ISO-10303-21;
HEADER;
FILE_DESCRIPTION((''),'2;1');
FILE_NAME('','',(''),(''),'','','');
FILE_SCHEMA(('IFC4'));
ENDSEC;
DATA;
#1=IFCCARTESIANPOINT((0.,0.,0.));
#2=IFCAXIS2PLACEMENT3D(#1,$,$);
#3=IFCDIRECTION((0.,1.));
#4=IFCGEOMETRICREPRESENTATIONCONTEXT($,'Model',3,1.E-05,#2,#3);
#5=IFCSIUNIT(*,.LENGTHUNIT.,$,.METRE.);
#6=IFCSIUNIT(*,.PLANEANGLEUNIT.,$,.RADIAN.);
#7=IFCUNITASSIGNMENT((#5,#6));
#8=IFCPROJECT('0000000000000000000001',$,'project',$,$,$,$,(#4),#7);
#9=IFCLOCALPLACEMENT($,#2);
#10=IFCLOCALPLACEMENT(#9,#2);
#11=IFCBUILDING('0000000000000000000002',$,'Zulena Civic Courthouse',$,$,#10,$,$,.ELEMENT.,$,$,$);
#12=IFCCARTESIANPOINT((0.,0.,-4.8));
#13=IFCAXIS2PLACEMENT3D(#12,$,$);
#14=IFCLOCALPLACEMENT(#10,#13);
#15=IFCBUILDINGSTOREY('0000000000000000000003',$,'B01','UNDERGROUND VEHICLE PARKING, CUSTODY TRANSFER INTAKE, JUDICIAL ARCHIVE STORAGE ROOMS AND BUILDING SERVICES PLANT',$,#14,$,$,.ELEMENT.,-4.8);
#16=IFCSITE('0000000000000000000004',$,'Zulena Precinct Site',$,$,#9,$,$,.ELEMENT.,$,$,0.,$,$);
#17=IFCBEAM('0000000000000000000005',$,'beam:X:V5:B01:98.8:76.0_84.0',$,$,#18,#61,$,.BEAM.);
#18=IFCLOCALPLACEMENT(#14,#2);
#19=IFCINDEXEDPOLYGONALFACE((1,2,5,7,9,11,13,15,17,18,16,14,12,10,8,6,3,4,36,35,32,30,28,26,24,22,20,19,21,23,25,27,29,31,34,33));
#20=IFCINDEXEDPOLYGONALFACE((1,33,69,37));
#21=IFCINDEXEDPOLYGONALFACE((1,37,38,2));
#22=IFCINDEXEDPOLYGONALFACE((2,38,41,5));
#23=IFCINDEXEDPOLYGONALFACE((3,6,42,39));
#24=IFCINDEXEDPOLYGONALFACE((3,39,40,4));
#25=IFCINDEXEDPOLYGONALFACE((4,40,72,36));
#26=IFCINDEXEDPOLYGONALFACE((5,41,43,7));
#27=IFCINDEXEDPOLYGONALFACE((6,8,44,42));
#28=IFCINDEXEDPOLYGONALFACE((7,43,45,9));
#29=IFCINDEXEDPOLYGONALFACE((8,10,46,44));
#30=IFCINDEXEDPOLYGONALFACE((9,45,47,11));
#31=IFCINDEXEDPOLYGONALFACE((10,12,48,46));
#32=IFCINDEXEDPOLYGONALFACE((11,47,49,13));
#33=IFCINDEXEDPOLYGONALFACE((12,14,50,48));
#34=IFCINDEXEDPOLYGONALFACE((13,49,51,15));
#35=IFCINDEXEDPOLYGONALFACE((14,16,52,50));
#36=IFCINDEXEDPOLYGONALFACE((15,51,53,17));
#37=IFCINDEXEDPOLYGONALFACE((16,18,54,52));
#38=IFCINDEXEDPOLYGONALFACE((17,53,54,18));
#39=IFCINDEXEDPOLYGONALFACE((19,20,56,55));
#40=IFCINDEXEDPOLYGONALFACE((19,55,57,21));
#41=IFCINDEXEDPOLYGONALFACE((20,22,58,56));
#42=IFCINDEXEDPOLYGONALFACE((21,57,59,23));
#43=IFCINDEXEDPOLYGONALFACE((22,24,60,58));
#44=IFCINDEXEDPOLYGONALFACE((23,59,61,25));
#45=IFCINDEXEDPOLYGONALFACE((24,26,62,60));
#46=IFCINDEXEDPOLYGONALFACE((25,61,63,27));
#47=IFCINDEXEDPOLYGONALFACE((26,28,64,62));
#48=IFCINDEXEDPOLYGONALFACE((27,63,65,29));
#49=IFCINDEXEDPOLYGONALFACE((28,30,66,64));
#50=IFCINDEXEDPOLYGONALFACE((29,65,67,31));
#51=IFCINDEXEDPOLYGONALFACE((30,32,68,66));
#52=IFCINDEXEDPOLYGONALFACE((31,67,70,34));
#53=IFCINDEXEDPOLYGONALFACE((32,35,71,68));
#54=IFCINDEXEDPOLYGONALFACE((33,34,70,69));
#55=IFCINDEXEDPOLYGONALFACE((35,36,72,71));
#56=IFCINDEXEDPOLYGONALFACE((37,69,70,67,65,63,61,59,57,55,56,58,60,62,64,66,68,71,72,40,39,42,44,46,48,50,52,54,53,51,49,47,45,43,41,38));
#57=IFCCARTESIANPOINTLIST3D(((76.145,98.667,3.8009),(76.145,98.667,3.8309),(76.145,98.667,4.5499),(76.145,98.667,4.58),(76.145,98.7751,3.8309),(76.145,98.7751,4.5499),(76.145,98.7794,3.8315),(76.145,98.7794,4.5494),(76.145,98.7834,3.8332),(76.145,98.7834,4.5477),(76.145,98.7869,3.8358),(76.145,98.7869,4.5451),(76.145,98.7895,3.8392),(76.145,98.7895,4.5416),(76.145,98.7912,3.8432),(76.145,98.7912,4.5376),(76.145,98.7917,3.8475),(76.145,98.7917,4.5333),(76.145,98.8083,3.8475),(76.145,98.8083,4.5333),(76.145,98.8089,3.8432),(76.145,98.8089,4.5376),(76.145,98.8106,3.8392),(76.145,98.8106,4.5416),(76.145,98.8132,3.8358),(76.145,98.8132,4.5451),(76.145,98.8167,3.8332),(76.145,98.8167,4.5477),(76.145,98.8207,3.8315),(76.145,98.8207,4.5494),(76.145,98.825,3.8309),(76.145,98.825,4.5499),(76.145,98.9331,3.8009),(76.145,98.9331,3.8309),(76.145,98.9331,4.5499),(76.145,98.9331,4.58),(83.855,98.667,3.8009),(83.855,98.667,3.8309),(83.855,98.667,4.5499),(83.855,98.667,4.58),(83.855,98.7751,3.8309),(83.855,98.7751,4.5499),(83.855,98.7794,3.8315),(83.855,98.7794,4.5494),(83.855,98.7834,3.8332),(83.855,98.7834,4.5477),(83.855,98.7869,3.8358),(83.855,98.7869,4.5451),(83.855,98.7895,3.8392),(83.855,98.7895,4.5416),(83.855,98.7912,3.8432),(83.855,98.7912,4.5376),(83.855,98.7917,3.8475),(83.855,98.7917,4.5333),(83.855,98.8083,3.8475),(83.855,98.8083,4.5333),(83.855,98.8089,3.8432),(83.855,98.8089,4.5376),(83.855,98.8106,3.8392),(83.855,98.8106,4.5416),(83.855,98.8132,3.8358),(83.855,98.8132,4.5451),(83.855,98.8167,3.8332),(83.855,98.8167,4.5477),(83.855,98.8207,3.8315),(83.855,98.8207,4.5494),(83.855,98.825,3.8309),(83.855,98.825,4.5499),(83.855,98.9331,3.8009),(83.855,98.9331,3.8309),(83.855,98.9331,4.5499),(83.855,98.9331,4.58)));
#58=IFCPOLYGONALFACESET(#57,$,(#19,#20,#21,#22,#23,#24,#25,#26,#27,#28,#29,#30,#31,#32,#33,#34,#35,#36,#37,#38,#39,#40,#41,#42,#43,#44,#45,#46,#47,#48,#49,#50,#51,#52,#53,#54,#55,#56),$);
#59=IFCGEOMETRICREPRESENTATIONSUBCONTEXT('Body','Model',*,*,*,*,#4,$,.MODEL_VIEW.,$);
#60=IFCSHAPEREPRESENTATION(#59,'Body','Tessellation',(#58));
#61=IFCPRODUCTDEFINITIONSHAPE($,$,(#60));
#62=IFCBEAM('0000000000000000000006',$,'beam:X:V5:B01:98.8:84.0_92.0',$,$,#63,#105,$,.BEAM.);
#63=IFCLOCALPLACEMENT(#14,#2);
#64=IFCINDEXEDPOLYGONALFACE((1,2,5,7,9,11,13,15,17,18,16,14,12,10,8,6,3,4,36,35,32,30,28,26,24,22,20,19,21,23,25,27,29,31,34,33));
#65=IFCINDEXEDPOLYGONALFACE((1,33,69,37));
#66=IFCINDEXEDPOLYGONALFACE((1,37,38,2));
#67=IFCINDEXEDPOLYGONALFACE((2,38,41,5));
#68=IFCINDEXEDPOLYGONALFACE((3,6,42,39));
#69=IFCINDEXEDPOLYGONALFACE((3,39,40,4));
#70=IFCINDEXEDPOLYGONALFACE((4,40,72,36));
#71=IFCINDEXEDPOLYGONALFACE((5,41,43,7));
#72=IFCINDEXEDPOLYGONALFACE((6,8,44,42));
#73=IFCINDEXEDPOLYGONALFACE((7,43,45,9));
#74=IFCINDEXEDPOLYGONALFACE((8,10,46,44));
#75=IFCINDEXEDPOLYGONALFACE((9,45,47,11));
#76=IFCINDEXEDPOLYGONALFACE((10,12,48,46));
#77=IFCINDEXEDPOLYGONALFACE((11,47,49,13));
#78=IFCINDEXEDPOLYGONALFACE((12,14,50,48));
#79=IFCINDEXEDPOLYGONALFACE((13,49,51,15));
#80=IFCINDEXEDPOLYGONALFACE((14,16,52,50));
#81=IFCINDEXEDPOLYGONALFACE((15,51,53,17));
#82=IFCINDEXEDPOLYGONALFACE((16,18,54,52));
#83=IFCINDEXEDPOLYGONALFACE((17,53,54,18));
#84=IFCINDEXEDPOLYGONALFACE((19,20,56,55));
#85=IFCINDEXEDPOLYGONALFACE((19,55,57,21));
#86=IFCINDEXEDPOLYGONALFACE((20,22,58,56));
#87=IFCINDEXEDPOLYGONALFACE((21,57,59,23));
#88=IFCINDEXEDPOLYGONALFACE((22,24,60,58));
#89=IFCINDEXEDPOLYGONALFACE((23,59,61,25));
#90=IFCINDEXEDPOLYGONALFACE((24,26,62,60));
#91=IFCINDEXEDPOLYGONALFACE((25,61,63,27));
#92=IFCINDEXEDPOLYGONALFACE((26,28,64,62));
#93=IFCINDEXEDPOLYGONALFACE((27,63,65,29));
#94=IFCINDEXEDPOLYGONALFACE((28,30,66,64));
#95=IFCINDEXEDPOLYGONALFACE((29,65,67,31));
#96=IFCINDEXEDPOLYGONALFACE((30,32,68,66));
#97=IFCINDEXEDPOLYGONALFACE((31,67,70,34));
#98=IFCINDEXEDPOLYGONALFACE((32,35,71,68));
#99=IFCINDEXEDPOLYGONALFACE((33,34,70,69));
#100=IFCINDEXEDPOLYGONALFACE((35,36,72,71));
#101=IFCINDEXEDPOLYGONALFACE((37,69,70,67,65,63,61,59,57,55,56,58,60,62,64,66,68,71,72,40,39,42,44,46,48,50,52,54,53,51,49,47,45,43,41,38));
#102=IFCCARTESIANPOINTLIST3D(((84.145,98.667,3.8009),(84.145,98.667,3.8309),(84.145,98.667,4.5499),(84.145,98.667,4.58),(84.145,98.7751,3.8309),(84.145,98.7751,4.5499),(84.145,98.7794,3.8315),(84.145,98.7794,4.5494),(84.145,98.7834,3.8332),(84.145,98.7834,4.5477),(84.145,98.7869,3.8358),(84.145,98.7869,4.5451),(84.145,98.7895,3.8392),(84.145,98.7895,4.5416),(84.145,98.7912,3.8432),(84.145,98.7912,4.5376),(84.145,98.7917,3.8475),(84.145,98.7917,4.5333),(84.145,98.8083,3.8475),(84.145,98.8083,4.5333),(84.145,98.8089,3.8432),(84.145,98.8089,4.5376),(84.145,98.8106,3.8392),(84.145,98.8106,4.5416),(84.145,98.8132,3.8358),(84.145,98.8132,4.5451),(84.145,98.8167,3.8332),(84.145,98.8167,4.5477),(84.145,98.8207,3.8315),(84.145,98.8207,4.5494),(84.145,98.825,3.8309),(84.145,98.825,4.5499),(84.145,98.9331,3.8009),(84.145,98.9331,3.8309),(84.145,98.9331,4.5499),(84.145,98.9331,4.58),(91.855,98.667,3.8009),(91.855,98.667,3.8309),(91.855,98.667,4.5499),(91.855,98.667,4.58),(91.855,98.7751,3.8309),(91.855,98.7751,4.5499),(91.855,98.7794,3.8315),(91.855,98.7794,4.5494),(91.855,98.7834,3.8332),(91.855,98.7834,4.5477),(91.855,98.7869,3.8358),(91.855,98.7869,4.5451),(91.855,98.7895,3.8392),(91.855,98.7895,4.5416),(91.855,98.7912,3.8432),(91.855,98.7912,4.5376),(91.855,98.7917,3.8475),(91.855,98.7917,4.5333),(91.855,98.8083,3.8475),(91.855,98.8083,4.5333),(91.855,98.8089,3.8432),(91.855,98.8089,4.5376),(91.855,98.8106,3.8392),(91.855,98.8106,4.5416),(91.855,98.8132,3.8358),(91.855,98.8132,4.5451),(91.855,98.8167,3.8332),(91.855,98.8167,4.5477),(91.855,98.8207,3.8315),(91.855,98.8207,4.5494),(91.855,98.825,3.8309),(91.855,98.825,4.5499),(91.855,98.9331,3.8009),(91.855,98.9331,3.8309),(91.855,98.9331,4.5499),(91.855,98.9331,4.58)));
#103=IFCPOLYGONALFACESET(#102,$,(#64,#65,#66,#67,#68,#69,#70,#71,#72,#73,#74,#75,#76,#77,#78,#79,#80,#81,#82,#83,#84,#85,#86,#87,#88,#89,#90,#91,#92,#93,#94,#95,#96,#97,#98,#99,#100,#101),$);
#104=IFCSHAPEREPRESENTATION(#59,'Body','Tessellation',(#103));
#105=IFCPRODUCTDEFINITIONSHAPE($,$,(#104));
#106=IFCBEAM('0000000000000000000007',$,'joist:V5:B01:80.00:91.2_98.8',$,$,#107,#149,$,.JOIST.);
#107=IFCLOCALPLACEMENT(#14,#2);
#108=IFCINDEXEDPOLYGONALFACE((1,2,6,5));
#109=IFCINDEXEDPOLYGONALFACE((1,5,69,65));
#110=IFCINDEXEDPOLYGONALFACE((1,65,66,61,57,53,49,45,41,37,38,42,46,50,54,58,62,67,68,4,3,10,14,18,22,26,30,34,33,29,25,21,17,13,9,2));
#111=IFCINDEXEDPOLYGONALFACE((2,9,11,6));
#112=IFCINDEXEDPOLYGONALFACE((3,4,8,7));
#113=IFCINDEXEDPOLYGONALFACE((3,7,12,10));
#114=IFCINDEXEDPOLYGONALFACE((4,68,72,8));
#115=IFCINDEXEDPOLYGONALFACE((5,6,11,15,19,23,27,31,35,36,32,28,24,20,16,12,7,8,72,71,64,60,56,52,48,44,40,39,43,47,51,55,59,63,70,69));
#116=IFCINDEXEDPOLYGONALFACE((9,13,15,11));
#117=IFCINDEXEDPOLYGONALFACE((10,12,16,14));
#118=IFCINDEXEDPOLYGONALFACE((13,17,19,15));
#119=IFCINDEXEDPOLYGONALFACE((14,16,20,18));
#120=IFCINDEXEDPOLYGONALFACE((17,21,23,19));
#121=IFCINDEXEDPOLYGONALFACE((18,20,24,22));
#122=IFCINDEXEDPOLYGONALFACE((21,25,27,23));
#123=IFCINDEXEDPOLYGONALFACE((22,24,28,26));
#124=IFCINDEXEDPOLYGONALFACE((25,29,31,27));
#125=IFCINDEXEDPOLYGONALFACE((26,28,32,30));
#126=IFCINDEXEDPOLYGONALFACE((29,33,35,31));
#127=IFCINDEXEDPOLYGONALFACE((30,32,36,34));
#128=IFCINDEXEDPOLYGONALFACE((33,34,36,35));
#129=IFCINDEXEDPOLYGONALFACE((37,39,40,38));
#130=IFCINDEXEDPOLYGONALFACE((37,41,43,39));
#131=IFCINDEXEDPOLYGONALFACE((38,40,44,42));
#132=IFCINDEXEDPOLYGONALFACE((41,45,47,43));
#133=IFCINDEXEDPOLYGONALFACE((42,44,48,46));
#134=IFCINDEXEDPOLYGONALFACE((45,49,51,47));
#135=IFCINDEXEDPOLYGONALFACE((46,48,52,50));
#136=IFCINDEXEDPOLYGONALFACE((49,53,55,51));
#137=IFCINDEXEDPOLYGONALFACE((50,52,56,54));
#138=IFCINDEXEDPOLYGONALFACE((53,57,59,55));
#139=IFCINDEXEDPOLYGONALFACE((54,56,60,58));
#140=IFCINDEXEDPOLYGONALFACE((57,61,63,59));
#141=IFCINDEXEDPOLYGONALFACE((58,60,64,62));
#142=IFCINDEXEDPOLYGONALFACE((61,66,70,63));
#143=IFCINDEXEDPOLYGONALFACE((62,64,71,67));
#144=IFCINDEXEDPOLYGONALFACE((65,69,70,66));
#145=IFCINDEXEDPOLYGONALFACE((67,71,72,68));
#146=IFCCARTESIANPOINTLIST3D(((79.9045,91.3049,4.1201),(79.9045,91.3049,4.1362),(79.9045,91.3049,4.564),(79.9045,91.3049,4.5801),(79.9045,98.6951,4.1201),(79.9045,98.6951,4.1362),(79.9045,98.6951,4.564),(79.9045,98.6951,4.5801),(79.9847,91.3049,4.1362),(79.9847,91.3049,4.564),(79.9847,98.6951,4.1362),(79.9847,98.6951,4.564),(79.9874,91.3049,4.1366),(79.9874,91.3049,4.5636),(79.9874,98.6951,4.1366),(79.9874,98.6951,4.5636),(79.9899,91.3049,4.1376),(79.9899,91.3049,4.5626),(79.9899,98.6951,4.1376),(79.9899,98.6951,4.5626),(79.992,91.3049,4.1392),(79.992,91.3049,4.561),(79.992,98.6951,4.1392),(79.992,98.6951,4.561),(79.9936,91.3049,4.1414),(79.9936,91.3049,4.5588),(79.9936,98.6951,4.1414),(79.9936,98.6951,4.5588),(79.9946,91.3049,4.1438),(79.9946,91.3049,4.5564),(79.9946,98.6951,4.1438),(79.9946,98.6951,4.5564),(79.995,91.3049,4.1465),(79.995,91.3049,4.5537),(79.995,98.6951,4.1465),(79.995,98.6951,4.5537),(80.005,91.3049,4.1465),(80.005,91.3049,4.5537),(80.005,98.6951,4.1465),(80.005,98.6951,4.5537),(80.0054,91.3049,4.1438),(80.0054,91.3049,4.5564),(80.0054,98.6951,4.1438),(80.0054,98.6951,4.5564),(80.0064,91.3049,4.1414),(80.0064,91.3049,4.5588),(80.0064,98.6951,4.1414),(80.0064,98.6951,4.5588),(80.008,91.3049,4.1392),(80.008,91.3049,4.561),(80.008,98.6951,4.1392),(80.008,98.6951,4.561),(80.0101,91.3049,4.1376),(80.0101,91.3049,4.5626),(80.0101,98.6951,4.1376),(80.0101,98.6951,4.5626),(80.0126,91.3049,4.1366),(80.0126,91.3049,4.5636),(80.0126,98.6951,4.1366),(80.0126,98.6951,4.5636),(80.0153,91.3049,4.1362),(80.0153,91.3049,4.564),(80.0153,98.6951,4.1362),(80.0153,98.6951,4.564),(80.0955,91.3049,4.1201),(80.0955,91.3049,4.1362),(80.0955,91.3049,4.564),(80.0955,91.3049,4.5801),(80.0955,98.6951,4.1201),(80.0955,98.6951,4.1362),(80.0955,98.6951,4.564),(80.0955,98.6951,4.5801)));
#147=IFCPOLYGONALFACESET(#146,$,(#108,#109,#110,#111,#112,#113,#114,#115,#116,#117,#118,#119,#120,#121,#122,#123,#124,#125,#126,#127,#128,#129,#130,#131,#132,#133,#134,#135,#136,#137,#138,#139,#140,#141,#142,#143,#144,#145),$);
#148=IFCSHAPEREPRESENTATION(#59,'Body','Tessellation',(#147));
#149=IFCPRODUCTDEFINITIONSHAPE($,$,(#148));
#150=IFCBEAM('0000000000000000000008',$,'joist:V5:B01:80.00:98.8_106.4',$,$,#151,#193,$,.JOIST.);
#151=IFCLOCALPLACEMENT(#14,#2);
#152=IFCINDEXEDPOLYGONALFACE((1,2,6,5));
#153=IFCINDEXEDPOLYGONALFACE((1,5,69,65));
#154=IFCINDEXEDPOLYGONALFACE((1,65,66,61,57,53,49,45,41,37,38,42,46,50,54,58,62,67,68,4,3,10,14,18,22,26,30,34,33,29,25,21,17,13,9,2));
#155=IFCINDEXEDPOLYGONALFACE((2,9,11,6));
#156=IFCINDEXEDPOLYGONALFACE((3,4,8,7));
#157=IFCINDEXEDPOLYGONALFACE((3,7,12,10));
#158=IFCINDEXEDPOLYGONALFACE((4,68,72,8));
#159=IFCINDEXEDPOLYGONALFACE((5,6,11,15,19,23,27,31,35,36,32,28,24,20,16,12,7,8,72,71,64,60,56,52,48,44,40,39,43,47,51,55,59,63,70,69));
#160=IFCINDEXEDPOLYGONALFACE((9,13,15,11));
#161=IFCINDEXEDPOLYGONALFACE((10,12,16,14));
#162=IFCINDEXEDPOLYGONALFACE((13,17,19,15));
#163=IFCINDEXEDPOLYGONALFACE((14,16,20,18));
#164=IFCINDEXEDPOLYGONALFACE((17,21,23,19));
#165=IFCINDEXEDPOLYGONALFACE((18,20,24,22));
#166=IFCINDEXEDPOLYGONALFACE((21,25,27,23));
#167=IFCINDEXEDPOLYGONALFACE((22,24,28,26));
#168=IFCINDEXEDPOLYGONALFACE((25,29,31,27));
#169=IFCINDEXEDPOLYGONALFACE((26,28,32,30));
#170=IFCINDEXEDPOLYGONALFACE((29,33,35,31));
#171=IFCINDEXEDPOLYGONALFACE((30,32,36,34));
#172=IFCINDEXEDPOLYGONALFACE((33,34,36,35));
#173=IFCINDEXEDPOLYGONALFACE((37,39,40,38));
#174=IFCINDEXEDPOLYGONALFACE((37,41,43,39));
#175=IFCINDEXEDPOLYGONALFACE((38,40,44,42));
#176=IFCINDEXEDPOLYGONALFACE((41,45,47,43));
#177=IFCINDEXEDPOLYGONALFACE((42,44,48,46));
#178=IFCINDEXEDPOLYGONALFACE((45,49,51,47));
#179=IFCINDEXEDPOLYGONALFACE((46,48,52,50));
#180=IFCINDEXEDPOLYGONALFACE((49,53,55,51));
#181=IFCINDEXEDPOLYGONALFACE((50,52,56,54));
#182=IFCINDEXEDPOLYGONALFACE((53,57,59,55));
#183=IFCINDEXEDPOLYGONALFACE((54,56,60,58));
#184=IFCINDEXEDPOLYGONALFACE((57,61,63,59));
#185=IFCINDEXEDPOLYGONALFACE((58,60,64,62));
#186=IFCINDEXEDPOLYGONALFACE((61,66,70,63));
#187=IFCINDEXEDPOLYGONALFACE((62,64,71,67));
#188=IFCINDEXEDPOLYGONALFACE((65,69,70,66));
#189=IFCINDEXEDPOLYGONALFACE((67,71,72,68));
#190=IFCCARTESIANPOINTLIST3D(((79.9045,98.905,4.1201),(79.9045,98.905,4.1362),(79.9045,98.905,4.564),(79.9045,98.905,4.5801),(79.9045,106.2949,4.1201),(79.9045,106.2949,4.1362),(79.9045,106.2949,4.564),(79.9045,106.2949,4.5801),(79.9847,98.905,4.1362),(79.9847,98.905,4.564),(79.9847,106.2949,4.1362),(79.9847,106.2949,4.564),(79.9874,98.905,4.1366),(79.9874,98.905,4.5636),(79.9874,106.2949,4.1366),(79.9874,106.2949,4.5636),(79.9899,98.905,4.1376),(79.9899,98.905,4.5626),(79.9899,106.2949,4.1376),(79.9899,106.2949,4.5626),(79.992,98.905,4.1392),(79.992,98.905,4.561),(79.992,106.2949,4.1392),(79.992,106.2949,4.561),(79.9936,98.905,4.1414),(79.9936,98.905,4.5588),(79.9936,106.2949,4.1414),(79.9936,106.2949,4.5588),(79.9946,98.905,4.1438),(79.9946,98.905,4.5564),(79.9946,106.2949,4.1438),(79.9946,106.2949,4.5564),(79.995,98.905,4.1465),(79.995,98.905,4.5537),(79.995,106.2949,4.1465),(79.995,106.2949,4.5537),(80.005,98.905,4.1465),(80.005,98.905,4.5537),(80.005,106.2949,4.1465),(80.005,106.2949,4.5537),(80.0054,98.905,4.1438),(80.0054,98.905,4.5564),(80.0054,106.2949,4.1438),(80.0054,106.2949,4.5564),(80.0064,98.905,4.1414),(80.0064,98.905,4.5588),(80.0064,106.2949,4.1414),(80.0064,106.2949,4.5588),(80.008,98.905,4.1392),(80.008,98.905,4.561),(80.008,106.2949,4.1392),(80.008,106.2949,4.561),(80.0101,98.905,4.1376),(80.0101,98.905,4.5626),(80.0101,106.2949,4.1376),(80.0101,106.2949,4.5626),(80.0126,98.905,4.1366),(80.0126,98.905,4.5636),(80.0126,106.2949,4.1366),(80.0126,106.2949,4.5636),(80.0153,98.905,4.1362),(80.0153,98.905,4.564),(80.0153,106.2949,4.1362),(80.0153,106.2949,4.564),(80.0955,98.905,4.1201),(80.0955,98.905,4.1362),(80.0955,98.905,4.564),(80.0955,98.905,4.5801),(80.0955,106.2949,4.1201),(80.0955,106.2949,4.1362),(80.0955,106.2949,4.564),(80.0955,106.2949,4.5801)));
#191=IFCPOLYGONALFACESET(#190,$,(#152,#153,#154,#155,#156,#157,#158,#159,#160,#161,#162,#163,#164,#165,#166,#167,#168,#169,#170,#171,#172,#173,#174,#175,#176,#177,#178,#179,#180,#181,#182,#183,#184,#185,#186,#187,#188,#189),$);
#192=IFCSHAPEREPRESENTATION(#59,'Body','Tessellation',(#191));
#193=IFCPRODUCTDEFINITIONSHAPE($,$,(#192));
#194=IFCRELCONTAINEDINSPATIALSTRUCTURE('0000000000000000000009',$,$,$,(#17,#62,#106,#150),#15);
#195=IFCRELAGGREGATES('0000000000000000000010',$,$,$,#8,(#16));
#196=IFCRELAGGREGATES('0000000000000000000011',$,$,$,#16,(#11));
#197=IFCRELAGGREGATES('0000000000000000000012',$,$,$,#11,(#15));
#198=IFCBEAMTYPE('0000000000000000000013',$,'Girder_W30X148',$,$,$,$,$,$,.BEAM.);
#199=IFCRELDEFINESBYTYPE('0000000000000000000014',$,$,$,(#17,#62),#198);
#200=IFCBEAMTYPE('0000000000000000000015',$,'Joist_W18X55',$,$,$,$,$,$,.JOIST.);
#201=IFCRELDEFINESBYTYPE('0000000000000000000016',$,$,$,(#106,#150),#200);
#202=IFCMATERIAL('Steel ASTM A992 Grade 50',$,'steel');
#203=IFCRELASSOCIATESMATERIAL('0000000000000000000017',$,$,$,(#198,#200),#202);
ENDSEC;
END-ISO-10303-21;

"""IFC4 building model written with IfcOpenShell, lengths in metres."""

from ifc_helpers import new_model, si_unit, direction, frame, origin, origin_2d, place, context, subcontext, project, spatial, i_section, extrude, material, material_profile, profile_set, type_object, element, save


model = new_model("IFC4")

# Units and contexts
model_context = context("Model", 3, precision=1e-05, world=origin(), true_north=direction((0.0, 1.0)))
body_context = subcontext(model_context, "Body", "Model", "MODEL_VIEW")
ifc_project = project(units=[si_unit("LENGTHUNIT", "METRE"), si_unit("PLANEANGLEUNIT", "RADIAN")], contexts=[model_context])

# Site, building, storey
site_placement = place(None, origin())
site = spatial("IfcSite", under=ifc_project, at=site_placement, Name="Zulena Precinct Site", CompositionType="ELEMENT", RefElevation=0.0)
building_placement = place(site_placement, origin())
building = spatial("IfcBuilding", under=site, at=building_placement, Name="Zulena Civic Courthouse", CompositionType="ELEMENT")
storey_placement = place(building_placement, frame((0.0, 0.0, -4.8)))
storey = spatial("IfcBuildingStorey", under=building, at=storey_placement, Name="B01", Description="UNDERGROUND VEHICLE PARKING, CUSTODY TRANSFER INTAKE, JUDICIAL ARCHIVE STORAGE ROOMS AND BUILDING SERVICES PLANT", CompositionType="ELEMENT", Elevation=-4.8)

# Shared definitions
ifc_material_1 = material(Name="Steel ASTM A992 Grade 50", Category="steel")

# Beams
ifc_material_profile_1 = material_profile(ifc_material_1, i_section(OverallWidth=0.2661, OverallDepth=0.7791, WebThickness=0.0166, FlangeThickness=0.03, FilletRadius=0.0166, at=origin_2d()), Name="W30X148")
ifc_profile_set_1 = profile_set([ifc_material_profile_1], Name="Steel ASTM A992 Grade 50")
beam_type_1 = type_object("IfcBeamType", Name="Girder_W30X148", PredefinedType="BEAM", material=ifc_profile_set_1)
for number, where, z_axis, x_axis, name in (
    (1, (76.145, 98.8, 4.1904), (1.0, 0.0, 0.0), (0.0, 1.0, 0.0), "beam:X:V5:B01:98.8:76.0_84.0"),
    (2, (84.145, 98.8, 4.1904), (1.0, 0.0, 0.0), (0.0, 1.0, 0.0), "beam:X:V5:B01:98.8:84.0_92.0"),
):
    element("IfcBeam", number, at=place(storey_placement, frame(where, z_axis=z_axis, x_axis=x_axis)), inside=storey, type_object=beam_type_1, Name=name, PredefinedType="BEAM", context=body_context, shape_type="SweptSolid", body=[
        extrude(i_section(OverallWidth=0.2661, OverallDepth=0.7791, WebThickness=0.0166, FlangeThickness=0.03, FilletRadius=0.0166, at=origin_2d()), origin(), (0.0, 0.0, 1.0), 7.71),
    ])
ifc_material_profile_2 = material_profile(ifc_material_1, i_section(OverallWidth=0.1909, OverallDepth=0.46, WebThickness=0.01, FlangeThickness=0.0161, FilletRadius=0.0103, at=origin_2d()), Name="W18X55")
ifc_profile_set_2 = profile_set([ifc_material_profile_2], Name="Steel ASTM A992 Grade 50")
beam_type_2 = type_object("IfcBeamType", Name="Joist_W18X55", PredefinedType="JOIST", material=ifc_profile_set_2)
beam_1_placement = place(storey_placement, frame((80.0, 91.3049, 4.3501), z_axis=(0.0, 1.0, 0.0), x_axis=(-1.0, 0.0, 0.0)))
element("IfcBeam", 3, at=beam_1_placement, inside=storey, type_object=beam_type_2, Name="joist:V5:B01:80.00:91.2_98.8", PredefinedType="JOIST", context=body_context, shape_type="SweptSolid", body=[
    extrude(i_section(OverallWidth=0.1909, OverallDepth=0.46, WebThickness=0.01, FlangeThickness=0.0161, FilletRadius=0.0103, at=origin_2d()), origin(), (0.0, 0.0, 1.0), 7.3901),
])
beam_2_placement = place(storey_placement, frame((80.0, 98.905, 4.3501), z_axis=(0.0, 1.0, 0.0), x_axis=(-1.0, 0.0, 0.0)))
element("IfcBeam", 4, at=beam_2_placement, inside=storey, type_object=beam_type_2, Name="joist:V5:B01:80.00:98.8_106.4", PredefinedType="JOIST", context=body_context, shape_type="SweptSolid", body=[
    extrude(i_section(OverallWidth=0.1909, OverallDepth=0.46, WebThickness=0.01, FlangeThickness=0.0161, FilletRadius=0.0103, at=origin_2d()), origin(), (0.0, 0.0, 1.0), 7.3899),
])

save(model, "model.ifc")
